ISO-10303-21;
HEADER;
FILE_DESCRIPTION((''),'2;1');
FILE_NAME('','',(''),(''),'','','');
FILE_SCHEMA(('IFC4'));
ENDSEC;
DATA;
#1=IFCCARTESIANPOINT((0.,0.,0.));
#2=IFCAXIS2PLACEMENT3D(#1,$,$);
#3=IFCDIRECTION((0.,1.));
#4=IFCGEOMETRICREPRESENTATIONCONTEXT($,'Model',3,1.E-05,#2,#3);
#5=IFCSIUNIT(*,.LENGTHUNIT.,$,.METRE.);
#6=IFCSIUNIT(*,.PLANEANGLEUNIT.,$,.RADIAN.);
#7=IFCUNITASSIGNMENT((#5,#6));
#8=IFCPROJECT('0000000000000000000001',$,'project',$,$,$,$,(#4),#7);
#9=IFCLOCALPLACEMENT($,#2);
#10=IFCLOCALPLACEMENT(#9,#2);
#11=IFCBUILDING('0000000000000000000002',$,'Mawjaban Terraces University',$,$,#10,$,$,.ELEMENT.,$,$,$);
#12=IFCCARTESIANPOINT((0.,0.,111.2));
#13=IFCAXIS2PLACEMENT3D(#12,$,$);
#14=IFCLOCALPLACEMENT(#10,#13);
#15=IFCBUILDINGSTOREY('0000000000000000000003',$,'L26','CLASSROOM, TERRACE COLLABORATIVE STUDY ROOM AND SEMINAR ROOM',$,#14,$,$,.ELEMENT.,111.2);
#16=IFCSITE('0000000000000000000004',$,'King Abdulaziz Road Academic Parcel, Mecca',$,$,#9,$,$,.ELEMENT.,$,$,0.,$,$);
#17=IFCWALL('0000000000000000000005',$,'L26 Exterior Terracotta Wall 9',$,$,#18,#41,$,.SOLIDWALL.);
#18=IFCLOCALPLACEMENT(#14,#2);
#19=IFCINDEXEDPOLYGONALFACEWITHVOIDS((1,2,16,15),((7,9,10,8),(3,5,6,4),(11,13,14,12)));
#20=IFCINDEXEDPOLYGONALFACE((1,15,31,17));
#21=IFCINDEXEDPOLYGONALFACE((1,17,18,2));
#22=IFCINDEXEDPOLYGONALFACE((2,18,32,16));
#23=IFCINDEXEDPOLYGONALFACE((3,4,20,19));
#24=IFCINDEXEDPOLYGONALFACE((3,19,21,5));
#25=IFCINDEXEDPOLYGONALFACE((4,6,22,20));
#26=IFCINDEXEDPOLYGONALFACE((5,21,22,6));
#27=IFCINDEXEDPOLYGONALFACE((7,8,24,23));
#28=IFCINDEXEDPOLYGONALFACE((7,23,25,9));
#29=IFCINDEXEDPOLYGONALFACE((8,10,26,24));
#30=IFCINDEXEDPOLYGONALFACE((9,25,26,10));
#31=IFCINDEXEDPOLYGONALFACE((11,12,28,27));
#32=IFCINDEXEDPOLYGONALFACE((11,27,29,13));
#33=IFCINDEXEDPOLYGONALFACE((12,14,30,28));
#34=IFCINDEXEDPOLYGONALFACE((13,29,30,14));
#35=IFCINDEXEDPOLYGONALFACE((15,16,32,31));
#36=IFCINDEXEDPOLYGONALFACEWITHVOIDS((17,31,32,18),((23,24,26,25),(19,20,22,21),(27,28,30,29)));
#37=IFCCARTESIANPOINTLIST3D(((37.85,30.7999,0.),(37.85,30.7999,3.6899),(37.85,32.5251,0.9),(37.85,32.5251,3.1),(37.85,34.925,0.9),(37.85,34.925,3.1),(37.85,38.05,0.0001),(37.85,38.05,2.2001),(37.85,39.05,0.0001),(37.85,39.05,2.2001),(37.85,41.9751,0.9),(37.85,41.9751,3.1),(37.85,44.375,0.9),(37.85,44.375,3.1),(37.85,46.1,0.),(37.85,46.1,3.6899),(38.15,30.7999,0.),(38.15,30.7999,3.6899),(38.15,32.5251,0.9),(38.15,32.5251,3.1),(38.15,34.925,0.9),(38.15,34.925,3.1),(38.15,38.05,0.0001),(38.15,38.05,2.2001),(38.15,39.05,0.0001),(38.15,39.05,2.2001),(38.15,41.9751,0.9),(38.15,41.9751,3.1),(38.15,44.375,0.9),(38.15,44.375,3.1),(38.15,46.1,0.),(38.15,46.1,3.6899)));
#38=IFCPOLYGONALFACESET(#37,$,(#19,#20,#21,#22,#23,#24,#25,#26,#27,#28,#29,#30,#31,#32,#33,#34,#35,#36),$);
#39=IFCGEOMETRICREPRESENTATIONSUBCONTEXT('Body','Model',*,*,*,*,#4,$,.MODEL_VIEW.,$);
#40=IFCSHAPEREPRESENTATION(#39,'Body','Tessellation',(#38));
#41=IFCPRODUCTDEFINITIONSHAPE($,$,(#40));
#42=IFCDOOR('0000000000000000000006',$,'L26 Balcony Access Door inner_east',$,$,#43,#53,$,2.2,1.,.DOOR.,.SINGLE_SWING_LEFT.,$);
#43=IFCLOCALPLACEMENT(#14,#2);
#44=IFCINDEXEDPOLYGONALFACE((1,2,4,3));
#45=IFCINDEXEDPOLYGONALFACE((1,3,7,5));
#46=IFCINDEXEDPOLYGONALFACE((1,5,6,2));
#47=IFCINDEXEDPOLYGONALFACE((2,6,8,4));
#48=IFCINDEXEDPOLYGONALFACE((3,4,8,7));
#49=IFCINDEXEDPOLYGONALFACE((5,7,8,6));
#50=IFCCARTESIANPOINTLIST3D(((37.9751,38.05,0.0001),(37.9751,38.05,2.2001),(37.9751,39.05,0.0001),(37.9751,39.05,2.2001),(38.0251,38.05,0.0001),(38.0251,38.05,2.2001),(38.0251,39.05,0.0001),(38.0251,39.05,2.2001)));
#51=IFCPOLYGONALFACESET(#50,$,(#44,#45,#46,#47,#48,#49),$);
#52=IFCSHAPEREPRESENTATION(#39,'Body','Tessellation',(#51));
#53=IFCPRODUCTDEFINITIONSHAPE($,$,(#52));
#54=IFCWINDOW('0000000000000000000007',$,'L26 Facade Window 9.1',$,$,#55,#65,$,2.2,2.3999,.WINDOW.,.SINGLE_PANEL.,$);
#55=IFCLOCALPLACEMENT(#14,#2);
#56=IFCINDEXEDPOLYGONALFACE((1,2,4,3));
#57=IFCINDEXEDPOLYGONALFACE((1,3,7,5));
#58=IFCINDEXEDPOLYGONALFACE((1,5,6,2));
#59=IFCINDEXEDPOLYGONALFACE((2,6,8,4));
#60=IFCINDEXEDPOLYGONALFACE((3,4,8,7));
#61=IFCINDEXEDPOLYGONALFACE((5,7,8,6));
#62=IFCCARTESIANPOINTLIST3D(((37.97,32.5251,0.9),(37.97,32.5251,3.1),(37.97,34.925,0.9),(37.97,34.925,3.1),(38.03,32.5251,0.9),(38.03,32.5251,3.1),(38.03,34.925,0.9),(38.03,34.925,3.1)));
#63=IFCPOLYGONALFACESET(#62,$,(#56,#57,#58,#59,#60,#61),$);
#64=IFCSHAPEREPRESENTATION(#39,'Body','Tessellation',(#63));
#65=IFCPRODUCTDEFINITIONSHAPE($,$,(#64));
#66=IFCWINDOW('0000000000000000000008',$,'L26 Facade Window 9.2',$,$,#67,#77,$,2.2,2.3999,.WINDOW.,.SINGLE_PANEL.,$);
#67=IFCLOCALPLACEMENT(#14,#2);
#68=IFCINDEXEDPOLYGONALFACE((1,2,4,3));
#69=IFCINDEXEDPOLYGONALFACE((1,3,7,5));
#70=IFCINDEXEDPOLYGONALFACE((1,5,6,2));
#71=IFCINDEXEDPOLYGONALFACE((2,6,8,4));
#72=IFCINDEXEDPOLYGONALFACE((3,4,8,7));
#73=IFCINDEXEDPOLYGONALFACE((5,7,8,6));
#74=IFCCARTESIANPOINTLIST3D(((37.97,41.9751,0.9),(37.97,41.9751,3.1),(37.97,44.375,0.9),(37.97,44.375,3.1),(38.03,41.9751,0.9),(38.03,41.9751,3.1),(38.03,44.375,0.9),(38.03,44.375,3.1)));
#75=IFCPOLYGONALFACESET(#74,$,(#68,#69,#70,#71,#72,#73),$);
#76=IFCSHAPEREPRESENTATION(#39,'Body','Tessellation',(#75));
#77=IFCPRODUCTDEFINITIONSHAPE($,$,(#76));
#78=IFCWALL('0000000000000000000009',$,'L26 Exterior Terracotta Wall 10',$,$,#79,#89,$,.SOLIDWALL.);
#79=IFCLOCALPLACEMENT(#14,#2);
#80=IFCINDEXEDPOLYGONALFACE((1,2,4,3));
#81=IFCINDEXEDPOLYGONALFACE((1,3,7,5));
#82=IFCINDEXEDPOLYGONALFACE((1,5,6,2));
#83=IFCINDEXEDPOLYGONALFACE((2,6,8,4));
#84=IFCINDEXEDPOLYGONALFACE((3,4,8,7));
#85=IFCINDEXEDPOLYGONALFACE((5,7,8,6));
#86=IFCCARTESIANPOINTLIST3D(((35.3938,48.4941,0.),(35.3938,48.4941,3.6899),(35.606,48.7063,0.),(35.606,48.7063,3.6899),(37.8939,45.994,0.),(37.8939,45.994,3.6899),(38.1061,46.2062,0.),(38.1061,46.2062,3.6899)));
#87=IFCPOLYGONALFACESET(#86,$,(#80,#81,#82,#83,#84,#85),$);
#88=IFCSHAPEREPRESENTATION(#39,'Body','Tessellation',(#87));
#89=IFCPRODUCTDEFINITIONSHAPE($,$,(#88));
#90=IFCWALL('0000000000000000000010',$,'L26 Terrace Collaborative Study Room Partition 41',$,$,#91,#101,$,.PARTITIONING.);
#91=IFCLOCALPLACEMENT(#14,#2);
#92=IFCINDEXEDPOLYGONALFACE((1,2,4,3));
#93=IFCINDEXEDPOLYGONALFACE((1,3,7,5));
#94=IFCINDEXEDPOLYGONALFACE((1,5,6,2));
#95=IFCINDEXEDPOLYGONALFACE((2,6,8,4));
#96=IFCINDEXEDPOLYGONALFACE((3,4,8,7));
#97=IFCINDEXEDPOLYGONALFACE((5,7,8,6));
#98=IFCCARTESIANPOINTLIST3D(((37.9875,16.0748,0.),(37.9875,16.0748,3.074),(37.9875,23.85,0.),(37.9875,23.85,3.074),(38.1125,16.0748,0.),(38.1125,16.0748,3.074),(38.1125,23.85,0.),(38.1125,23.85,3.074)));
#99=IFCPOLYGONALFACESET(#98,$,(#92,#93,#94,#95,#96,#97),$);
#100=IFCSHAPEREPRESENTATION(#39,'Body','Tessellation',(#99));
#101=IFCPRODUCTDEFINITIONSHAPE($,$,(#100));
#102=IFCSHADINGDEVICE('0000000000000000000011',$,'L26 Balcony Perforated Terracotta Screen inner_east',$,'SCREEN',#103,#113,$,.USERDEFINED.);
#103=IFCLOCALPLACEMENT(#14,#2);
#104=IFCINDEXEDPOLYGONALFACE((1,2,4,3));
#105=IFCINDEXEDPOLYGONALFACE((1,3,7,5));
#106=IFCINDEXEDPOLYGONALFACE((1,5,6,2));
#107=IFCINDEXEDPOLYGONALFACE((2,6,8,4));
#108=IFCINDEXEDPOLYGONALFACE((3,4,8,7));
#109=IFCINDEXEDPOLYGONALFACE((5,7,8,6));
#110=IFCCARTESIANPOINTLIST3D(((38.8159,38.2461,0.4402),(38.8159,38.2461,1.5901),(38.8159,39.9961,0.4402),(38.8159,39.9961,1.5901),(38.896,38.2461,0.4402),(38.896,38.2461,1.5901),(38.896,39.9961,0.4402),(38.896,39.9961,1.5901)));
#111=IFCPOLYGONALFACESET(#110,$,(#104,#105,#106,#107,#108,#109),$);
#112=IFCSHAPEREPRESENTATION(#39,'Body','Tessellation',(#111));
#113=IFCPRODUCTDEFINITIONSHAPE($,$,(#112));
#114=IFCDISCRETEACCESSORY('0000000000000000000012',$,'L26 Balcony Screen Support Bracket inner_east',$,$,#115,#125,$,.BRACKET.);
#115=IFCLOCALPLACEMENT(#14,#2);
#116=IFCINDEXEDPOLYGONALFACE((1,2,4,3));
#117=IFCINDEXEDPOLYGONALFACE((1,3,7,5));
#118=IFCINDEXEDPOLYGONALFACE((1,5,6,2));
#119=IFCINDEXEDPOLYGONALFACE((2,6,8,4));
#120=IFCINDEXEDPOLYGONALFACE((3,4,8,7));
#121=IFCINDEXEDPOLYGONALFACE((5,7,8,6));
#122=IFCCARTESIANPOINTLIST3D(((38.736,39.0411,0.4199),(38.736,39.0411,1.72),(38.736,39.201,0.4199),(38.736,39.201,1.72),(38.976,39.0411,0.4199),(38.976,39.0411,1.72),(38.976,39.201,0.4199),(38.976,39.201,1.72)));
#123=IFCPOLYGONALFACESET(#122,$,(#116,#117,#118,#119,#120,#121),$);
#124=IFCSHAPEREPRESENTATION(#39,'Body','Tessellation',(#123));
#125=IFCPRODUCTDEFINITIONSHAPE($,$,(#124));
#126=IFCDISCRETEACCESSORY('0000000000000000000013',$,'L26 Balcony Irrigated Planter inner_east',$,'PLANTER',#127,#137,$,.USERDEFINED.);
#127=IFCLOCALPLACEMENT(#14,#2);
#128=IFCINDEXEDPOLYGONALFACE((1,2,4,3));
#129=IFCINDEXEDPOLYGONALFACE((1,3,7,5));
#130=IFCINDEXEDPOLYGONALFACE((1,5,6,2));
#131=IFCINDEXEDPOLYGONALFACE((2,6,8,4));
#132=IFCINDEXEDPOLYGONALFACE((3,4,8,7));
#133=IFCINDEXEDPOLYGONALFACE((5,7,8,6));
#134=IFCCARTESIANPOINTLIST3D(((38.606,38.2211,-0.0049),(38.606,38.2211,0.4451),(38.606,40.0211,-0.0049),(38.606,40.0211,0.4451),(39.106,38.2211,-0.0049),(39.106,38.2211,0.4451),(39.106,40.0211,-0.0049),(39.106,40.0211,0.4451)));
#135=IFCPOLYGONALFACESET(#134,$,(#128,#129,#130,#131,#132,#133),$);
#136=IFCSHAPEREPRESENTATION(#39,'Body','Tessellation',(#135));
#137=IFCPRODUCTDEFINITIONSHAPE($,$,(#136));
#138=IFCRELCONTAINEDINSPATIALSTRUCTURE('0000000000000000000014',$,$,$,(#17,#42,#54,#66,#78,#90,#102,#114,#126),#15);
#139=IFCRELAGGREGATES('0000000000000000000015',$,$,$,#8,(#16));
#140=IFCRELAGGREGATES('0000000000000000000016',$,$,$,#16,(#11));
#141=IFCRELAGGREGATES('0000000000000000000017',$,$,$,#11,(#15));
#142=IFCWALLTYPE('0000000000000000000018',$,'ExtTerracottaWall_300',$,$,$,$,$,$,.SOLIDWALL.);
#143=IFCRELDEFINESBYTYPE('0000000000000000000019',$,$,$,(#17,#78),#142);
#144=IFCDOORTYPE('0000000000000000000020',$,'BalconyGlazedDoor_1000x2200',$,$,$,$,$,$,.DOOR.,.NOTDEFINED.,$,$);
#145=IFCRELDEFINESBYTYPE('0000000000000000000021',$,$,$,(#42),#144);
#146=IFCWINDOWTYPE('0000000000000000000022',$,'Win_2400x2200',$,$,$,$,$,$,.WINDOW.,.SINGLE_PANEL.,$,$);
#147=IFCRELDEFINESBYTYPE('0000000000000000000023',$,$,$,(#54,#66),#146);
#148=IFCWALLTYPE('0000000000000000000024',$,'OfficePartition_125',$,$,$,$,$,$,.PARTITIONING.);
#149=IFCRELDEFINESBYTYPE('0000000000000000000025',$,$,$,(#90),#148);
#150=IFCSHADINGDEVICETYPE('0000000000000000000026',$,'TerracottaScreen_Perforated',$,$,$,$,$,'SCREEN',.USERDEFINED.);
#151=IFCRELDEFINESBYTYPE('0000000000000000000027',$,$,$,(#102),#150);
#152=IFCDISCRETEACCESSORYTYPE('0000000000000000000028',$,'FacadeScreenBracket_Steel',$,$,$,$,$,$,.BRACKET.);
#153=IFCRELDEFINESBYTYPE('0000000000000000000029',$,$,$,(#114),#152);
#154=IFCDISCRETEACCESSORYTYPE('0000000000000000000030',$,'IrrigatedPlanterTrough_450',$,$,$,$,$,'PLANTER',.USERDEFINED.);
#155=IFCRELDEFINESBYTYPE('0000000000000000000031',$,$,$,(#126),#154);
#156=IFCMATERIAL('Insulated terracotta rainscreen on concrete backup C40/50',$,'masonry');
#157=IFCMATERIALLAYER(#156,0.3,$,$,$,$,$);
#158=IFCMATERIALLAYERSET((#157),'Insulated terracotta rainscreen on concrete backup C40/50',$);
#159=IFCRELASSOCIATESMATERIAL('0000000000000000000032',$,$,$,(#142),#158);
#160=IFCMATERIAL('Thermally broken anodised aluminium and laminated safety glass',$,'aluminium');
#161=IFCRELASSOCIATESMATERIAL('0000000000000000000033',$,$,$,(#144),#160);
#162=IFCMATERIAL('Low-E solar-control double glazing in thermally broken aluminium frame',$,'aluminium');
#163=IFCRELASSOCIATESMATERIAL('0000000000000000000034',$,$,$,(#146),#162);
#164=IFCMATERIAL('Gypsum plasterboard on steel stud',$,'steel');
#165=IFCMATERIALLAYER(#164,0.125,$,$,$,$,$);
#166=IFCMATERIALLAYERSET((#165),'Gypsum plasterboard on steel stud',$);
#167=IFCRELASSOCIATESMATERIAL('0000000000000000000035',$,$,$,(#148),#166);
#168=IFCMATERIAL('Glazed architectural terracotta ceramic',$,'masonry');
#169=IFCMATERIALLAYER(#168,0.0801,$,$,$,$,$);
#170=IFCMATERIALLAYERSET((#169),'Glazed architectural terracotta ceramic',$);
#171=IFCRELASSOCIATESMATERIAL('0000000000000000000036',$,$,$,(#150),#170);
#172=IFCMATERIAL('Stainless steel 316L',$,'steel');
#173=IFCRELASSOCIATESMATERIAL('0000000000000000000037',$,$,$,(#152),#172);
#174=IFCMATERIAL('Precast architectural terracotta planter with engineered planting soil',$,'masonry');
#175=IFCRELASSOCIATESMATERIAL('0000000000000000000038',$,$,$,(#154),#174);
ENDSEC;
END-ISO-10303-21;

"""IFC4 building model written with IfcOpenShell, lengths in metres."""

from ifc_helpers import new_model, si_unit, direction, frame, frame_2d, origin, origin_2d, place, context, subcontext, project, spatial, rectangle, extrude, material, layer, layer_set, type_object, element, fill, save


model = new_model("IFC4")

# Units and contexts
model_context = context("Model", 3, precision=1e-05, world=origin(), true_north=direction((0.0, 1.0)))
body_context = subcontext(model_context, "Body", "Model", "MODEL_VIEW")
ifc_project = project(units=[si_unit("LENGTHUNIT", "METRE"), si_unit("PLANEANGLEUNIT", "RADIAN")], contexts=[model_context])

# Site, building, storey
site_placement = place(None, origin())
site = spatial("IfcSite", under=ifc_project, at=site_placement, Name="King Abdulaziz Road Academic Parcel, Mecca", CompositionType="ELEMENT", RefElevation=0.0)
building_placement = place(site_placement, origin())
building = spatial("IfcBuilding", under=site, at=building_placement, Name="Mawjaban Terraces University", CompositionType="ELEMENT")
storey_placement = place(building_placement, frame((0.0, 0.0, 111.2)))
storey = spatial("IfcBuildingStorey", under=building, at=storey_placement, Name="L26", Description="CLASSROOM, TERRACE COLLABORATIVE STUDY ROOM AND SEMINAR ROOM", CompositionType="ELEMENT", Elevation=111.2)

# Wall, openings, door, windows
ifc_material_1 = material(Name="Insulated terracotta rainscreen on concrete backup C40/50", Category="masonry")
ifc_layer_1 = layer(ifc_material_1, 0.3)
ifc_layer_set_1 = layer_set([ifc_layer_1], Name="Insulated terracotta rainscreen on concrete backup C40/50")
wall_type_1 = type_object("IfcWallType", Name="ExtTerracottaWall_300", PredefinedType="SOLIDWALL", material=ifc_layer_set_1)
wall_1_placement = place(storey_placement, frame((38.0, 30.8, 0.0), z_axis=(0.0, 0.0, 1.0), x_axis=(0.0, 1.0, 0.0)))
wall_1 = element("IfcWall", 1, at=wall_1_placement, inside=storey, type_object=wall_type_1, Name="L26 Exterior Terracotta Wall 9", PredefinedType="SOLIDWALL", context=body_context, shape_type="SweptSolid", body=[
    extrude(rectangle(XDim=15.3, YDim=0.3, at=frame_2d((7.6499, 0.0))), origin(), (0.0, 0.0, 1.0), 3.6899),
])
opening_1_placement = place(wall_1_placement, frame((7.25, 0.0, 0.0)))
opening_1 = element("IfcOpeningElement", 2, at=opening_1_placement, cuts=wall_1, PredefinedType="OPENING", context=body_context, shape_type="SweptSolid", body=[
    extrude(rectangle(XDim=1.0, YDim=2.2, at=frame_2d((0.5, 1.1001))), frame((0.0, 0.1599, 0.0), z_axis=(0.0, -1.0, 0.0), x_axis=(1.0, 0.0, 0.0)), (0.0, 0.0, 1.0), 0.3201),
])
opening_2_placement = place(wall_1_placement, frame((1.7251, 0.0, 0.8999)))
opening_2 = element("IfcOpeningElement", 3, at=opening_2_placement, cuts=wall_1, PredefinedType="OPENING", context=body_context, shape_type="SweptSolid", body=[
    extrude(rectangle(XDim=2.3999, YDim=2.2, at=frame_2d((1.2, 1.1001))), frame((0.0, 0.1599, 0.0), z_axis=(0.0, -1.0, 0.0), x_axis=(1.0, 0.0, 0.0)), (0.0, 0.0, 1.0), 0.3201),
])
opening_3_placement = place(wall_1_placement, frame((11.175, 0.0, 0.8999)))
opening_3 = element("IfcOpeningElement", 4, at=opening_3_placement, cuts=wall_1, PredefinedType="OPENING", context=body_context, shape_type="SweptSolid", body=[
    extrude(rectangle(XDim=2.3999, YDim=2.2, at=frame_2d((1.2, 1.1001))), frame((0.0, 0.1599, 0.0), z_axis=(0.0, -1.0, 0.0), x_axis=(1.0, 0.0, 0.0)), (0.0, 0.0, 1.0), 0.3201),
])
ifc_material_2 = material(Name="Thermally broken anodised aluminium and laminated safety glass", Category="aluminium")
door_type = type_object("IfcDoorType", Name="BalconyGlazedDoor_1000x2200", OperationType="NOTDEFINED", PredefinedType="DOOR", material=ifc_material_2)
door_placement = place(opening_1_placement, origin())
door = element("IfcDoor", 5, at=door_placement, inside=storey, type_object=door_type, Name="L26 Balcony Access Door inner_east", OperationType="SINGLE_SWING_LEFT", OverallHeight=2.2, OverallWidth=1.0, PredefinedType="DOOR", context=body_context, shape_type="SweptSolid", body=[
    extrude(rectangle(XDim=1.0, YDim=2.2, at=frame_2d((0.5, 1.1001))), frame((0.0, 0.0249, 0.0), z_axis=(0.0, -1.0, 0.0), x_axis=(1.0, 0.0, 0.0)), (0.0, 0.0, 1.0), 0.05),
])
fill(opening_1, door)
ifc_material_3 = material(Name="Low-E solar-control double glazing in thermally broken aluminium frame", Category="aluminium")
window_type = type_object("IfcWindowType", Name="Win_2400x2200", PartitioningType="SINGLE_PANEL", PredefinedType="WINDOW", material=ifc_material_3)
window_1_placement = place(opening_2_placement, origin())
window_1 = element("IfcWindow", 6, at=window_1_placement, inside=storey, type_object=window_type, Name="L26 Facade Window 9.1", OverallHeight=2.2, OverallWidth=2.3999, PartitioningType="SINGLE_PANEL", PredefinedType="WINDOW", context=body_context, shape_type="SweptSolid", body=[
    extrude(rectangle(XDim=2.3999, YDim=2.2, at=frame_2d((1.2, 1.1001))), frame((0.0, 0.03, 0.0), z_axis=(0.0, -1.0, 0.0), x_axis=(1.0, 0.0, 0.0)), (0.0, 0.0, 1.0), 0.0601),
])
fill(opening_2, window_1)
window_2_placement = place(opening_3_placement, origin())
window_2 = element("IfcWindow", 7, at=window_2_placement, inside=storey, type_object=window_type, Name="L26 Facade Window 9.2", OverallHeight=2.2, OverallWidth=2.3999, PartitioningType="SINGLE_PANEL", PredefinedType="WINDOW", context=body_context, shape_type="SweptSolid", body=[
    extrude(rectangle(XDim=2.3999, YDim=2.2, at=frame_2d((1.2, 1.1001))), frame((0.0, 0.03, 0.0), z_axis=(0.0, -1.0, 0.0), x_axis=(1.0, 0.0, 0.0)), (0.0, 0.0, 1.0), 0.0601),
])
fill(opening_3, window_2)

# Walls
wall_2_placement = place(storey_placement, frame((38.0, 46.1001, 0.0), z_axis=(0.0, 0.0, 1.0), x_axis=(-0.707107, 0.707107, 0.0)))
element("IfcWall", 8, at=wall_2_placement, inside=storey, type_object=wall_type_1, Name="L26 Exterior Terracotta Wall 10", PredefinedType="SOLIDWALL", context=body_context, shape_type="SweptSolid", body=[
    extrude(rectangle(XDim=3.5356, YDim=0.3, at=frame_2d((1.7678, 0.0))), origin(), (0.0, 0.0, 1.0), 3.6899),
])
ifc_material_4 = material(Name="Gypsum plasterboard on steel stud", Category="steel")
ifc_layer_2 = layer(ifc_material_4, 0.125)
ifc_layer_set_2 = layer_set([ifc_layer_2], Name="Gypsum plasterboard on steel stud")
wall_type_2 = type_object("IfcWallType", Name="OfficePartition_125", PredefinedType="PARTITIONING", material=ifc_layer_set_2)
wall_3_placement = place(storey_placement, frame((38.05, 23.8501, 0.0), z_axis=(0.0, 0.0, 1.0), x_axis=(0.0, -1.0, 0.0)))
element("IfcWall", 9, at=wall_3_placement, inside=storey, type_object=wall_type_2, Name="L26 Terrace Collaborative Study Room Partition 41", PredefinedType="PARTITIONING", context=body_context, shape_type="SweptSolid", body=[
    extrude(rectangle(XDim=7.7751, YDim=0.125, at=frame_2d((3.8877, 0.0))), origin(), (0.0, 0.0, 1.0), 3.074),
])

# Shading device
ifc_material_5 = material(Name="Glazed architectural terracotta ceramic", Category="masonry")
ifc_layer_3 = layer(ifc_material_5, 0.0801)
ifc_layer_set_3 = layer_set([ifc_layer_3], Name="Glazed architectural terracotta ceramic")
shading_device_type = type_object("IfcShadingDeviceType", Name="TerracottaScreen_Perforated", ElementType="SCREEN", PredefinedType="USERDEFINED", material=ifc_layer_set_3)
shading_device_placement = place(storey_placement, frame((38.856, 39.1211, 0.4402), z_axis=(0.0, 0.0, 1.0), x_axis=(0.0, 1.0, 0.0)))
element("IfcShadingDevice", 10, at=shading_device_placement, inside=storey, type_object=shading_device_type, Name="L26 Balcony Perforated Terracotta Screen inner_east", ObjectType="SCREEN", PredefinedType="USERDEFINED", context=body_context, shape_type="SweptSolid", body=[
    extrude(rectangle(XDim=1.75, YDim=0.0801, at=origin_2d()), origin(), (0.0, 0.0, 1.0), 1.1499),
])

# Discrete accessories
ifc_material_6 = material(Name="Stainless steel 316L", Category="steel")
discrete_accessory_type_1 = type_object("IfcDiscreteAccessoryType", Name="FacadeScreenBracket_Steel", PredefinedType="BRACKET", material=ifc_material_6)
discrete_accessory_1_placement = place(storey_placement, frame((38.856, 39.1211, 0.4199), z_axis=(0.0, 0.0, 1.0), x_axis=(0.0, 1.0, 0.0)))
element("IfcDiscreteAccessory", 11, at=discrete_accessory_1_placement, inside=storey, type_object=discrete_accessory_type_1, Name="L26 Balcony Screen Support Bracket inner_east", PredefinedType="BRACKET", context=body_context, shape_type="SweptSolid", body=[
    extrude(rectangle(XDim=0.1599, YDim=0.24, at=origin_2d()), origin(), (0.0, 0.0, 1.0), 1.3),
])
ifc_material_7 = material(Name="Precast architectural terracotta planter with engineered planting soil", Category="masonry")
discrete_accessory_type_2 = type_object("IfcDiscreteAccessoryType", Name="IrrigatedPlanterTrough_450", ElementType="PLANTER", PredefinedType="USERDEFINED", material=ifc_material_7)
discrete_accessory_2_placement = place(storey_placement, frame((38.856, 39.1211, -0.0049), z_axis=(0.0, 0.0, 1.0), x_axis=(0.0, 1.0, 0.0)))
element("IfcDiscreteAccessory", 12, at=discrete_accessory_2_placement, inside=storey, type_object=discrete_accessory_type_2, Name="L26 Balcony Irrigated Planter inner_east", ObjectType="PLANTER", PredefinedType="USERDEFINED", context=body_context, shape_type="SweptSolid", body=[
    extrude(rectangle(XDim=1.8, YDim=0.5, at=origin_2d()), origin(), (0.0, 0.0, 1.0), 0.45),
])

save(model, "model.ifc")
